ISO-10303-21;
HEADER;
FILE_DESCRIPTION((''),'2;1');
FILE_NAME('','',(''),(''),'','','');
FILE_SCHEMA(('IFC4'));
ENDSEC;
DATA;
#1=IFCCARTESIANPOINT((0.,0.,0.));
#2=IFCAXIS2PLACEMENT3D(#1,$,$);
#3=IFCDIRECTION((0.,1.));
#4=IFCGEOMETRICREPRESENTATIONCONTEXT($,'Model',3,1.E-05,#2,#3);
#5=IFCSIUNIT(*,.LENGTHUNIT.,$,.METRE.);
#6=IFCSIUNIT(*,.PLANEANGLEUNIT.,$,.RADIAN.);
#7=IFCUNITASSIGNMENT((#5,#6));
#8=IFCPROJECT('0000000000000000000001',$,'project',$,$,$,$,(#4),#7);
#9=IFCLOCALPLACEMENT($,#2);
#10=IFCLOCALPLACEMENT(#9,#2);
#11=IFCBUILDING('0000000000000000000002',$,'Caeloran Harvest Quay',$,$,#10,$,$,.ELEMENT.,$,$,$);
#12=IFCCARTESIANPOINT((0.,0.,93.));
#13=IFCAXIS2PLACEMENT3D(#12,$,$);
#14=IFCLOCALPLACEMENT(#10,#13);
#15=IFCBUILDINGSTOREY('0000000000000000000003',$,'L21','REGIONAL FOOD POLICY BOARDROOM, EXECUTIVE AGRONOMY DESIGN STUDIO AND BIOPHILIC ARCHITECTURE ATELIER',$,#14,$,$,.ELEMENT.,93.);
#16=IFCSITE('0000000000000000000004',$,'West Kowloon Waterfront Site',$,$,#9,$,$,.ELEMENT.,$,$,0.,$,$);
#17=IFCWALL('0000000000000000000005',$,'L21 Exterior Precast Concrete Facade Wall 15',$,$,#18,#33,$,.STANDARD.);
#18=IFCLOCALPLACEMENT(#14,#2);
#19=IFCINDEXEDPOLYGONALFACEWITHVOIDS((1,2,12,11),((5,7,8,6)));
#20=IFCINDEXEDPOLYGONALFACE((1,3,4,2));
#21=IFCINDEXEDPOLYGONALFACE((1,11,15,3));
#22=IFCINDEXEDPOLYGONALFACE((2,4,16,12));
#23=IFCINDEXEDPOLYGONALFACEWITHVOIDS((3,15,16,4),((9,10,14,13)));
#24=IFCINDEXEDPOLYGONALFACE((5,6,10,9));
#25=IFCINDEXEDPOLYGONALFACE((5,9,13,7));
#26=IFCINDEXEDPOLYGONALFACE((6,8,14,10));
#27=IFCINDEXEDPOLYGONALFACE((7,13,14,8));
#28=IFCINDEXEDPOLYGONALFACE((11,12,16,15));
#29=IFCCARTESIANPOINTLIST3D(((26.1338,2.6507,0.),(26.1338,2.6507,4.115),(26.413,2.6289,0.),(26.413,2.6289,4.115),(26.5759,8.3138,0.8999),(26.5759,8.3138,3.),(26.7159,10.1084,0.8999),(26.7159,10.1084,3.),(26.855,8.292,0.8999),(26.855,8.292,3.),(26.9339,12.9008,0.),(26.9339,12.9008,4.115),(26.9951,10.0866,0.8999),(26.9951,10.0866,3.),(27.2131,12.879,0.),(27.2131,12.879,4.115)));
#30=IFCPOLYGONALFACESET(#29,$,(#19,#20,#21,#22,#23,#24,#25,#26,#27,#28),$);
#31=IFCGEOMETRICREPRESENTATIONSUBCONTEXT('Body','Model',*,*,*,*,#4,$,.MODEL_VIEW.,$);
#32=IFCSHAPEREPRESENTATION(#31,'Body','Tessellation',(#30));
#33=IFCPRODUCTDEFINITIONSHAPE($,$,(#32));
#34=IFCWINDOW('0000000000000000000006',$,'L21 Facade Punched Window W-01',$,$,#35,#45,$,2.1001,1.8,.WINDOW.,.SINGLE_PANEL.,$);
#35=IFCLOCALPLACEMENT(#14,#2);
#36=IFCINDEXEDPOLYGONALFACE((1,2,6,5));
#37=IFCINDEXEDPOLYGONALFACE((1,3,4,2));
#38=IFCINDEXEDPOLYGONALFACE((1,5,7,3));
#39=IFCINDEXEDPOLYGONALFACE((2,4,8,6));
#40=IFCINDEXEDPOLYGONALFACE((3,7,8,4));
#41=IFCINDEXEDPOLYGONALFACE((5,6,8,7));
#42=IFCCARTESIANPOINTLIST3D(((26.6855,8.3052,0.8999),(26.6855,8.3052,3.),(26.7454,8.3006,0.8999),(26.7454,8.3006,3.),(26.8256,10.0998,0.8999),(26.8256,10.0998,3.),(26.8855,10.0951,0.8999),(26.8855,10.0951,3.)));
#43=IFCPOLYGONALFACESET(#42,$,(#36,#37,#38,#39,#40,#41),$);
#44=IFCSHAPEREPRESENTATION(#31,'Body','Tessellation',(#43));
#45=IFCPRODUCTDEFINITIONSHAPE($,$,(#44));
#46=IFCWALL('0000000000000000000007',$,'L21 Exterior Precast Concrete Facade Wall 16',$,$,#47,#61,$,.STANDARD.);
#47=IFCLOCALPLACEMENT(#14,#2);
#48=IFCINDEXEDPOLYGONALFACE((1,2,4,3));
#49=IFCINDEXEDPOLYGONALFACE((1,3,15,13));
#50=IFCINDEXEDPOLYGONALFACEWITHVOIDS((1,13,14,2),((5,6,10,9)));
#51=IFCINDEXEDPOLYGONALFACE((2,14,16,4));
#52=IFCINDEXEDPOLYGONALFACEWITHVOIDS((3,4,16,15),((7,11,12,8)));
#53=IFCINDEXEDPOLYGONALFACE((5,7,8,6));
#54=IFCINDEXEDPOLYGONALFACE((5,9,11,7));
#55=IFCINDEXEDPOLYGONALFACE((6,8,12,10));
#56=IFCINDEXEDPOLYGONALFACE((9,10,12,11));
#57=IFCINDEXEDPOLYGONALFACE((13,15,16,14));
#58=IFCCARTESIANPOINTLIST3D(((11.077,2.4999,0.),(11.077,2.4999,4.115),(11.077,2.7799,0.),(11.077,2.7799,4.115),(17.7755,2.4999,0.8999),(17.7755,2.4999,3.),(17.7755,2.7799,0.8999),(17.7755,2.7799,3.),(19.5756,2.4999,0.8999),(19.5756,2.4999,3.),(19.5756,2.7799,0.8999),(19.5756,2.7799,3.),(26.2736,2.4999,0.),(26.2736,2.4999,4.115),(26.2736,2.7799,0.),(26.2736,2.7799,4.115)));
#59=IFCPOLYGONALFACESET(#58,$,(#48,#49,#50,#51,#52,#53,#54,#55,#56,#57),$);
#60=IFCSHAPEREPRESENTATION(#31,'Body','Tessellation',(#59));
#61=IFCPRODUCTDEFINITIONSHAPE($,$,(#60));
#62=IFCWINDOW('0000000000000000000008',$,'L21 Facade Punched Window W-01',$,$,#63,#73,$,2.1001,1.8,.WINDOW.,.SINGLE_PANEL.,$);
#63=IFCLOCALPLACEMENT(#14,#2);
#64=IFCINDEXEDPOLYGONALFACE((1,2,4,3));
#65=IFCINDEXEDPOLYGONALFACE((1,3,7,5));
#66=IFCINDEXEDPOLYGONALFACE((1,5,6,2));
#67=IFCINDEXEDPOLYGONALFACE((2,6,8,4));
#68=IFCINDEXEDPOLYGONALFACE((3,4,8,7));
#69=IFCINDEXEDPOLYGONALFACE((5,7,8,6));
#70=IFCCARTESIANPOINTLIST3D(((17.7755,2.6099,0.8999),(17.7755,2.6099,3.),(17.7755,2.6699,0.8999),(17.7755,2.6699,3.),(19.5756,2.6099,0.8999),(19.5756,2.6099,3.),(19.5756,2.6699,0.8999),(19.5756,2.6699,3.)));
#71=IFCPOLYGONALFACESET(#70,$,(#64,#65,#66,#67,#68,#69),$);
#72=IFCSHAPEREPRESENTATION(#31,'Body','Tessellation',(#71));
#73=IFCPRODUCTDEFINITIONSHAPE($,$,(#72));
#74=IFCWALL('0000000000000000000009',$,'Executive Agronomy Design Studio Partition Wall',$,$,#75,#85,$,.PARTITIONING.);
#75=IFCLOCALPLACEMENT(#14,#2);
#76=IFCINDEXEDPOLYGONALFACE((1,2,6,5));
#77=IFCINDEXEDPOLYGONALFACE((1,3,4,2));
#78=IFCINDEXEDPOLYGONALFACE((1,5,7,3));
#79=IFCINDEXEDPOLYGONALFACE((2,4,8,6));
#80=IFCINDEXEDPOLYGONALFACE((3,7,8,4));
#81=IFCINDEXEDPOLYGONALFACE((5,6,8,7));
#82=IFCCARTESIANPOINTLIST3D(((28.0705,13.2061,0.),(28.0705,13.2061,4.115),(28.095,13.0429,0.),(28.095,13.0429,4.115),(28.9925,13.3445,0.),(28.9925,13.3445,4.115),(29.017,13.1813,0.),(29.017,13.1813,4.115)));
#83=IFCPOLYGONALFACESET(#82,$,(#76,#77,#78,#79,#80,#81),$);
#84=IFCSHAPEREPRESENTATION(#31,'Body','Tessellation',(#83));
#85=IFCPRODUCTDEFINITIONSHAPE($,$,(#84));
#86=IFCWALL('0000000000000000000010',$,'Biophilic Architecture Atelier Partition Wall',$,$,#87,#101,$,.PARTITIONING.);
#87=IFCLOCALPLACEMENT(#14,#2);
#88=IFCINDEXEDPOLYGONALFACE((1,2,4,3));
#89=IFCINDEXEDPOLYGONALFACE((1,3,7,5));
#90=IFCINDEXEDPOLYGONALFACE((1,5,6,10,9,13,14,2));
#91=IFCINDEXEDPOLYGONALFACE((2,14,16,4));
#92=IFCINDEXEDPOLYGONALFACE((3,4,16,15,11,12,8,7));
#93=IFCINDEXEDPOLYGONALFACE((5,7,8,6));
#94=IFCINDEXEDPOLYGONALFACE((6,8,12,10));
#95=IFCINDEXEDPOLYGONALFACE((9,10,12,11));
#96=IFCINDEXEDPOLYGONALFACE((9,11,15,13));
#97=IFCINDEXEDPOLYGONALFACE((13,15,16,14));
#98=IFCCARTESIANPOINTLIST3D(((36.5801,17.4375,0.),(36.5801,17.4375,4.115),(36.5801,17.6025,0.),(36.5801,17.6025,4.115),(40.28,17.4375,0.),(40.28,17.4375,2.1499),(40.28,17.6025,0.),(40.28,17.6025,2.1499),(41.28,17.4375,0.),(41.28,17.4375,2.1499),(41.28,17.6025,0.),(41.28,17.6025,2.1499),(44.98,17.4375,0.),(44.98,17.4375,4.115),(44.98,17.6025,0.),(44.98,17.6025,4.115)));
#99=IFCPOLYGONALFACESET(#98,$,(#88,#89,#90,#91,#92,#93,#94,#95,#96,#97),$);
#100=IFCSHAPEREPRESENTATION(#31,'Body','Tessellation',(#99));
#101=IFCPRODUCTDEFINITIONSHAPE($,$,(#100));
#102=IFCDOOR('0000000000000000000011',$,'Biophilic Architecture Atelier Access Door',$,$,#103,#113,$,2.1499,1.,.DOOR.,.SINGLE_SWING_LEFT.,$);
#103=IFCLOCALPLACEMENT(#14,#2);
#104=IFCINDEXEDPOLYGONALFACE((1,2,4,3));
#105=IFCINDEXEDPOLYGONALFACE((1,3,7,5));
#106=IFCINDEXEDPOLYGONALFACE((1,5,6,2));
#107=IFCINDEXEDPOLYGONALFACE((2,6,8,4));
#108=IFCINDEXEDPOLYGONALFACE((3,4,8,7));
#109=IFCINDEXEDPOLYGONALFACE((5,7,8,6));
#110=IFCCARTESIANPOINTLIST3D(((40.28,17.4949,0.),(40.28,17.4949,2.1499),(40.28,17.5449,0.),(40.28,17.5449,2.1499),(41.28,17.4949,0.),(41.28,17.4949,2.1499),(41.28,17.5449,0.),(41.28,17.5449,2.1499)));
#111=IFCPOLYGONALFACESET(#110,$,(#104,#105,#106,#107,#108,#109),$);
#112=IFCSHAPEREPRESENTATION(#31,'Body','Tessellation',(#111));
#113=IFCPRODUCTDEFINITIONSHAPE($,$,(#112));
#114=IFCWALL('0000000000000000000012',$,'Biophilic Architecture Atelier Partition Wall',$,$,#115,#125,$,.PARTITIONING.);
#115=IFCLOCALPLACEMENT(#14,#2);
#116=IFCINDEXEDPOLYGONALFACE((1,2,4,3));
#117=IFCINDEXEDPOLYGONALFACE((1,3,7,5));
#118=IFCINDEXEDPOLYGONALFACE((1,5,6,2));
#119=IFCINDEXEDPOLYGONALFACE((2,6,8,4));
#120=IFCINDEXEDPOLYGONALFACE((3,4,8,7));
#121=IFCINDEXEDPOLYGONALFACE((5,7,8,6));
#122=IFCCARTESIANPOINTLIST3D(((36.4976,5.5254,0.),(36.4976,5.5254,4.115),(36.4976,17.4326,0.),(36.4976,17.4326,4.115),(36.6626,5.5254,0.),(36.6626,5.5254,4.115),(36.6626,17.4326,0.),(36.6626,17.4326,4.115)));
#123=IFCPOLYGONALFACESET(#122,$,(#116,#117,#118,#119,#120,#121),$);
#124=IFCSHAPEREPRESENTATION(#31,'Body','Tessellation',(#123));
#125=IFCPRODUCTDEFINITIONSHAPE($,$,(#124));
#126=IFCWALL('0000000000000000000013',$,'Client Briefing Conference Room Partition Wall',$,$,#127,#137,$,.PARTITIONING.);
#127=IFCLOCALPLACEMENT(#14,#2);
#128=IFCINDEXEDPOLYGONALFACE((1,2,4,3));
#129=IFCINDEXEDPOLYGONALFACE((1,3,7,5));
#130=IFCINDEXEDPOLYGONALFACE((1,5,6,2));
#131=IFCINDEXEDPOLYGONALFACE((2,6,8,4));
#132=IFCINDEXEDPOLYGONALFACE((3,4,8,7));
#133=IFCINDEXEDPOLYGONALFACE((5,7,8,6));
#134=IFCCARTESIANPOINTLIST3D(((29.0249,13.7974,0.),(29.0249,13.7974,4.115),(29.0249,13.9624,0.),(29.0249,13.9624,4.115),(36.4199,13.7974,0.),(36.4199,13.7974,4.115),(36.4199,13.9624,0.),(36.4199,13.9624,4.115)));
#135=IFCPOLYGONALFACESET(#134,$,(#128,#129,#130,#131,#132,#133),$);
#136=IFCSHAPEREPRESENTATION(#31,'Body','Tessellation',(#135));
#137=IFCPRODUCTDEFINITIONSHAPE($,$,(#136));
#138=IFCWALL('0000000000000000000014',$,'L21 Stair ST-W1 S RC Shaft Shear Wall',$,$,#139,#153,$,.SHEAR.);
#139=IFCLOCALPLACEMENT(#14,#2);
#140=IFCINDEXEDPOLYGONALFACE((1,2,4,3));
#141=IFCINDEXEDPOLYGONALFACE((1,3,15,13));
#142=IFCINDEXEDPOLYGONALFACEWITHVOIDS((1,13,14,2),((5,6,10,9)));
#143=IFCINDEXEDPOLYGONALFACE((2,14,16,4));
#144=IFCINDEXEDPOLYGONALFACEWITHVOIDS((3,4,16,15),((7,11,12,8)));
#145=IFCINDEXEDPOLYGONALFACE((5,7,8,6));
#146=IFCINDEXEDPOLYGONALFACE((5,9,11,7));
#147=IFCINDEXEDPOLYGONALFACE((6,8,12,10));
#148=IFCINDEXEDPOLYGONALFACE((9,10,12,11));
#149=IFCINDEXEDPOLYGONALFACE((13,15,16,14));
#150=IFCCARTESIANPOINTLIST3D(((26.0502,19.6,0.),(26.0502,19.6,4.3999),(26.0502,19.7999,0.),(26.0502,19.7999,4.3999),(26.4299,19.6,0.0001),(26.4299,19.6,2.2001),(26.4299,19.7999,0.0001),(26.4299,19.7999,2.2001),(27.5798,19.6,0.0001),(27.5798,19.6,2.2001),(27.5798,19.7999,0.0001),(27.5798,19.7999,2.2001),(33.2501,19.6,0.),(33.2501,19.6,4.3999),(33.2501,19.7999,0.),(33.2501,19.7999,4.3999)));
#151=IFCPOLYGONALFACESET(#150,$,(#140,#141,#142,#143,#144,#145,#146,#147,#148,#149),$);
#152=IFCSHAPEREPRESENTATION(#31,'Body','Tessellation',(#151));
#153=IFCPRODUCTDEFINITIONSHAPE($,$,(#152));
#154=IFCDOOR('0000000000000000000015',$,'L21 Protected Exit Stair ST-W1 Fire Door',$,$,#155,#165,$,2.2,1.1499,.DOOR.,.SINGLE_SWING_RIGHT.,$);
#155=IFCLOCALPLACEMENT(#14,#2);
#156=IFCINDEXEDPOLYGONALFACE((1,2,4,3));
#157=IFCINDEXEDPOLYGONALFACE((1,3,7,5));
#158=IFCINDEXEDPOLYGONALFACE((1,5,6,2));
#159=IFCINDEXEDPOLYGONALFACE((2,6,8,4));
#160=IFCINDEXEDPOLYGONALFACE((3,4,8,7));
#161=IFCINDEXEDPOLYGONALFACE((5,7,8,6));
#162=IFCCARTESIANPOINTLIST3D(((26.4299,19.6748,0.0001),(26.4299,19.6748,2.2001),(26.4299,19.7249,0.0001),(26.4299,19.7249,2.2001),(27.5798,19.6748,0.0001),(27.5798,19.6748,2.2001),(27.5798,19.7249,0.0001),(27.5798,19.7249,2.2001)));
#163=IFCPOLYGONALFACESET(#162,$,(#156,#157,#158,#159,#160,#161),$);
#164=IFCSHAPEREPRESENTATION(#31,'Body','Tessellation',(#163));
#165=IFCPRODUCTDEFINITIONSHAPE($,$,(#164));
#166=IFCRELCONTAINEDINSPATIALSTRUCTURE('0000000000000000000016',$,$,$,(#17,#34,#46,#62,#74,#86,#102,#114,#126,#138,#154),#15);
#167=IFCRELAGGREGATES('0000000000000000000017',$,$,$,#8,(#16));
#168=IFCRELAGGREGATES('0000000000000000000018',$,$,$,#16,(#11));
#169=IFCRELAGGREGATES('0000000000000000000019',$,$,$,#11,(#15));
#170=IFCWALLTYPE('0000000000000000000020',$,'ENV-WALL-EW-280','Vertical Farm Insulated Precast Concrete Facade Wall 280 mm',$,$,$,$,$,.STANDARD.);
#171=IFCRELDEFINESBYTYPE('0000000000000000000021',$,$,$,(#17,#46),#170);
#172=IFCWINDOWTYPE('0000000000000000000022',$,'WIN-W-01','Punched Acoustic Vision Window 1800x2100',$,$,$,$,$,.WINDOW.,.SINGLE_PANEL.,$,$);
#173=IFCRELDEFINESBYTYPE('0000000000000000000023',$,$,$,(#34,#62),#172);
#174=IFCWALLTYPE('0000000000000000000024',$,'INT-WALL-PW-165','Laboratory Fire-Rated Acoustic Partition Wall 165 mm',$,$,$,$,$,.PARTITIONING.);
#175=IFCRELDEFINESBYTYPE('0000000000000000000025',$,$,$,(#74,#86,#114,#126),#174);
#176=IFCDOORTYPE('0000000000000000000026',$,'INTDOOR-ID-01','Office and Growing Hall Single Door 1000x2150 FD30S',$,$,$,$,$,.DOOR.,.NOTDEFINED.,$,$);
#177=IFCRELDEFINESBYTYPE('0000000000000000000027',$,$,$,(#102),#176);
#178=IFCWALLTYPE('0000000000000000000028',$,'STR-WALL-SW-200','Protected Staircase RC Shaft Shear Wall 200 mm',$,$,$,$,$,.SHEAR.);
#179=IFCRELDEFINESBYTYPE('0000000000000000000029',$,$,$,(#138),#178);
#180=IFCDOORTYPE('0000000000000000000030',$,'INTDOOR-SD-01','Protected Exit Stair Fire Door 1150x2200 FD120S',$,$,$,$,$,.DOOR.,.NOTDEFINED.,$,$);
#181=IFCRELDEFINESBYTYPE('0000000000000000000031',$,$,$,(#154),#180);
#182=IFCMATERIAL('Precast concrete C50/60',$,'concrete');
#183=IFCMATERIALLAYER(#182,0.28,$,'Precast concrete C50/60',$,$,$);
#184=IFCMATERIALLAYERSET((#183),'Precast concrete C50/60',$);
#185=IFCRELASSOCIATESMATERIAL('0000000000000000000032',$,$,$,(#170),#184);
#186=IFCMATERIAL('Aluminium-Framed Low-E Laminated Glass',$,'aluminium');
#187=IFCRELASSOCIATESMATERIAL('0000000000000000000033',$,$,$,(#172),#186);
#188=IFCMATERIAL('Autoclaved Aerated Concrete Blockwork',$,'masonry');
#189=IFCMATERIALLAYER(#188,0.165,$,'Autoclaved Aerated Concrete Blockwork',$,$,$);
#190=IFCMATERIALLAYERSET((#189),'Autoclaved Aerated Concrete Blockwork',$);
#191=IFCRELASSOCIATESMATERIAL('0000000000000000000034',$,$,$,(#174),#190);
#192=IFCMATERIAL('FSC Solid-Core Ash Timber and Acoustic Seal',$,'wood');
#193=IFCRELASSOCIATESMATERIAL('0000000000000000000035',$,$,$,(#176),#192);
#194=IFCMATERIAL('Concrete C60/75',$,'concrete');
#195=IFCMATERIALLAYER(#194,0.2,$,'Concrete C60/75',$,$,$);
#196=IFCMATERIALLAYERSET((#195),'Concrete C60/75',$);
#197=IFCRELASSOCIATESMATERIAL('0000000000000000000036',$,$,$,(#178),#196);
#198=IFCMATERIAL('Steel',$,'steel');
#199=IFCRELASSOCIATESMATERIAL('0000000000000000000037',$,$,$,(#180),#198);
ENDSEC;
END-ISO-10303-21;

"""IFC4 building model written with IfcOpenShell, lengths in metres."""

from ifc_helpers import new_model, si_unit, direction, frame, frame_2d, origin, place, context, subcontext, project, spatial, rectangle, extrude, material, layer, layer_set, type_object, element, fill, save


model = new_model("IFC4")

# Units and contexts
model_context = context("Model", 3, precision=1e-05, world=origin(), true_north=direction((0.0, 1.0)))
body_context = subcontext(model_context, "Body", "Model", "MODEL_VIEW")
ifc_project = project(units=[si_unit("LENGTHUNIT", "METRE"), si_unit("PLANEANGLEUNIT", "RADIAN")], contexts=[model_context])

# Site, building, storey
site_placement = place(None, origin())
site = spatial("IfcSite", under=ifc_project, at=site_placement, Name="West Kowloon Waterfront Site", CompositionType="ELEMENT", RefElevation=0.0)
building_placement = place(site_placement, origin())
building = spatial("IfcBuilding", under=site, at=building_placement, Name="Caeloran Harvest Quay", CompositionType="ELEMENT")
storey_placement = place(building_placement, frame((0.0, 0.0, 93.0)))
storey = spatial("IfcBuildingStorey", under=building, at=storey_placement, Name="L21", Description="REGIONAL FOOD POLICY BOARDROOM, EXECUTIVE AGRONOMY DESIGN STUDIO AND BIOPHILIC ARCHITECTURE ATELIER", CompositionType="ELEMENT", Elevation=93.0)

# Shared definitions
ifc_material_1 = material(Name="Precast concrete C50/60", Category="concrete")

# Walls, openings, windows
ifc_layer_1 = layer(ifc_material_1, 0.28, Name="Precast concrete C50/60")
ifc_layer_set_1 = layer_set([ifc_layer_1], Name="Precast concrete C50/60")
wall_type_1 = type_object("IfcWallType", Name="ENV-WALL-EW-280", Description="Vertical Farm Insulated Precast Concrete Facade Wall 280 mm", PredefinedType="STANDARD", material=ifc_layer_set_1)
ifc_material_2 = material(Name="Aluminium-Framed Low-E Laminated Glass", Category="aluminium")
window_type = type_object("IfcWindowType", Name="WIN-W-01", Description="Punched Acoustic Vision Window 1800x2100", PartitioningType="SINGLE_PANEL", PredefinedType="WINDOW", material=ifc_material_2)
wall_1_placement = place(storey_placement, frame((27.0735, 12.8899, 0.0), z_axis=(0.0, 0.0, 1.0), x_axis=(-0.077817, -0.996968, 0.0)))
wall_1 = element("IfcWall", 1, at=wall_1_placement, inside=storey, type_object=wall_type_1, Name="L21 Exterior Precast Concrete Facade Wall 15", PredefinedType="STANDARD", context=body_context, shape_type="SweptSolid", body=[
    extrude(rectangle(XDim=10.2812, YDim=0.28, at=frame_2d((5.1406, 0.0))), origin(), (0.0, 0.0, 1.0), 4.115),
])
opening_1_placement = place(wall_1_placement, frame((2.801, 0.0, 0.8999)))
opening_1 = element("IfcOpeningElement", 2, at=opening_1_placement, cuts=wall_1, PredefinedType="OPENING", context=body_context, shape_type="SweptSolid", body=[
    extrude(rectangle(XDim=1.8, YDim=2.1001, at=frame_2d((0.8999, 1.05))), frame((0.0, 0.1499, 0.0), z_axis=(0.0, -1.0, 0.0), x_axis=(1.0, 0.0, 0.0)), (0.0, 0.0, 1.0), 0.3),
])
window_1_placement = place(opening_1_placement, origin())
window_1 = element("IfcWindow", 3, at=window_1_placement, inside=storey, type_object=window_type, Name="L21 Facade Punched Window W-01", OverallHeight=2.1001, OverallWidth=1.8, PartitioningType="SINGLE_PANEL", PredefinedType="WINDOW", context=body_context, shape_type="SweptSolid", body=[
    extrude(rectangle(XDim=1.8, YDim=2.1001, at=frame_2d((0.8999, 1.05))), frame((0.0, 0.03, 0.0), z_axis=(0.0, -1.0, 0.0), x_axis=(1.0, 0.0, 0.0)), (0.0, 0.0, 1.0), 0.0601),
])
fill(opening_1, window_1)
wall_2_placement = place(storey_placement, frame((26.2734, 2.6399, 0.0), z_axis=(0.0, 0.0, 1.0), x_axis=(-1.0, 0.0, 0.0)))
wall_2 = element("IfcWall", 4, at=wall_2_placement, inside=storey, type_object=wall_type_1, Name="L21 Exterior Precast Concrete Facade Wall 16", PredefinedType="STANDARD", context=body_context, shape_type="SweptSolid", body=[
    extrude(rectangle(XDim=15.1965, YDim=0.28, at=frame_2d((7.5981, 0.0))), origin(), (0.0, 0.0, 1.0), 4.115),
])
opening_2_placement = place(wall_2_placement, frame((6.698, 0.0, 0.8999)))
opening_2 = element("IfcOpeningElement", 5, at=opening_2_placement, cuts=wall_2, PredefinedType="OPENING", context=body_context, shape_type="SweptSolid", body=[
    extrude(rectangle(XDim=1.8, YDim=2.1001, at=frame_2d((0.8999, 1.05))), frame((0.0, 0.1499, 0.0), z_axis=(0.0, -1.0, 0.0), x_axis=(1.0, 0.0, 0.0)), (0.0, 0.0, 1.0), 0.3),
])
window_2_placement = place(opening_2_placement, origin())
window_2 = element("IfcWindow", 6, at=window_2_placement, inside=storey, type_object=window_type, Name="L21 Facade Punched Window W-01", OverallHeight=2.1001, OverallWidth=1.8, PartitioningType="SINGLE_PANEL", PredefinedType="WINDOW", context=body_context, shape_type="SweptSolid", body=[
    extrude(rectangle(XDim=1.8, YDim=2.1001, at=frame_2d((0.8999, 1.05))), frame((0.0, 0.03, 0.0), z_axis=(0.0, -1.0, 0.0), x_axis=(1.0, 0.0, 0.0)), (0.0, 0.0, 1.0), 0.0601),
])
fill(opening_2, window_2)

# Wall
ifc_material_3 = material(Name="Autoclaved Aerated Concrete Blockwork", Category="masonry")
ifc_layer_2 = layer(ifc_material_3, 0.165, Name="Autoclaved Aerated Concrete Blockwork")
ifc_layer_set_2 = layer_set([ifc_layer_2], Name="Autoclaved Aerated Concrete Blockwork")
wall_type_2 = type_object("IfcWallType", Name="INT-WALL-PW-165", Description="Laboratory Fire-Rated Acoustic Partition Wall 165 mm", PredefinedType="PARTITIONING", material=ifc_layer_set_2)
wall_3_placement = place(storey_placement, frame((29.0049, 13.2629, 0.0), z_axis=(0.0, 0.0, 1.0), x_axis=(-0.988919, -0.148456, 0.0)))
element("IfcWall", 7, at=wall_3_placement, inside=storey, type_object=wall_type_2, Name="Executive Agronomy Design Studio Partition Wall", PredefinedType="PARTITIONING", context=body_context, shape_type="SweptSolid", body=[
    extrude(rectangle(XDim=0.9324, YDim=0.165, at=frame_2d((0.4663, 0.0))), origin(), (0.0, 0.0, 1.0), 4.115),
])

# Wall, opening, door
wall_4_placement = place(storey_placement, frame((36.5801, 17.52, 0.0), z_axis=(0.0, 0.0, 1.0), x_axis=(1.0, 0.0, 0.0)))
wall_4 = element("IfcWall", 8, at=wall_4_placement, inside=storey, type_object=wall_type_2, Name="Biophilic Architecture Atelier Partition Wall", PredefinedType="PARTITIONING", context=body_context, shape_type="SweptSolid", body=[
    extrude(rectangle(XDim=8.3999, YDim=0.165, at=frame_2d((4.2, 0.0))), origin(), (0.0, 0.0, 1.0), 4.115),
])
opening_3_placement = place(wall_4_placement, frame((3.7, 0.0, 0.0)))
opening_3 = element("IfcOpeningElement", 9, at=opening_3_placement, cuts=wall_4, PredefinedType="OPENING", context=body_context, shape_type="SweptSolid", body=[
    extrude(rectangle(XDim=1.0, YDim=2.1499, at=frame_2d((0.5, 1.075))), frame((0.0, 0.0925, 0.0), z_axis=(0.0, -1.0, 0.0), x_axis=(1.0, 0.0, 0.0)), (0.0, 0.0, 1.0), 0.1851),
])
ifc_material_4 = material(Name="FSC Solid-Core Ash Timber and Acoustic Seal", Category="wood")
door_type_1 = type_object("IfcDoorType", Name="INTDOOR-ID-01", Description="Office and Growing Hall Single Door 1000x2150 FD30S", OperationType="NOTDEFINED", PredefinedType="DOOR", material=ifc_material_4)
door_1_placement = place(opening_3_placement, origin())
door_1 = element("IfcDoor", 10, at=door_1_placement, inside=storey, type_object=door_type_1, Name="Biophilic Architecture Atelier Access Door", OperationType="SINGLE_SWING_LEFT", OverallHeight=2.1499, OverallWidth=1.0, PredefinedType="DOOR", context=body_context, shape_type="SweptSolid", body=[
    extrude(rectangle(XDim=1.0, YDim=2.1499, at=frame_2d((0.5, 1.075))), frame((0.0, 0.0249, 0.0), z_axis=(0.0, -1.0, 0.0), x_axis=(1.0, 0.0, 0.0)), (0.0, 0.0, 1.0), 0.05),
])
fill(opening_3, door_1)

# Walls
wall_5_placement = place(storey_placement, frame((36.5801, 5.5254, 0.0), z_axis=(0.0, 0.0, 1.0), x_axis=(0.0, 1.0, 0.0)))
element("IfcWall", 11, at=wall_5_placement, inside=storey, type_object=wall_type_2, Name="Biophilic Architecture Atelier Partition Wall", PredefinedType="PARTITIONING", context=body_context, shape_type="SweptSolid", body=[
    extrude(rectangle(XDim=11.9072, YDim=0.165, at=frame_2d((5.9536, 0.0))), origin(), (0.0, 0.0, 1.0), 4.115),
])
wall_6_placement = place(storey_placement, frame((36.4199, 13.8799, 0.0), z_axis=(0.0, 0.0, 1.0), x_axis=(-1.0, 0.0, 0.0)))
element("IfcWall", 12, at=wall_6_placement, inside=storey, type_object=wall_type_2, Name="Client Briefing Conference Room Partition Wall", PredefinedType="PARTITIONING", context=body_context, shape_type="SweptSolid", body=[
    extrude(rectangle(XDim=7.395, YDim=0.165, at=frame_2d((3.6975, 0.0))), origin(), (0.0, 0.0, 1.0), 4.115),
])

# Wall, opening, door
ifc_material_5 = material(Name="Concrete C60/75", Category="concrete")
ifc_layer_3 = layer(ifc_material_5, 0.2, Name="Concrete C60/75")
ifc_layer_set_3 = layer_set([ifc_layer_3], Name="Concrete C60/75")
wall_type_3 = type_object("IfcWallType", Name="STR-WALL-SW-200", Description="Protected Staircase RC Shaft Shear Wall 200 mm", PredefinedType="SHEAR", material=ifc_layer_set_3)
wall_7_placement = place(storey_placement, frame((26.05, 19.7, 0.0), z_axis=(0.0, 0.0, 1.0), x_axis=(1.0, 0.0, 0.0)))
wall_7 = element("IfcWall", 13, at=wall_7_placement, inside=storey, type_object=wall_type_3, Name="L21 Stair ST-W1 S RC Shaft Shear Wall", PredefinedType="SHEAR", context=body_context, shape_type="SweptSolid", body=[
    extrude(rectangle(XDim=7.2, YDim=0.2, at=frame_2d((3.6001, 0.0))), origin(), (0.0, 0.0, 1.0), 4.3999),
])
opening_4_placement = place(wall_7_placement, frame((0.3799, 0.0, 0.0)))
opening_4 = element("IfcOpeningElement", 14, at=opening_4_placement, cuts=wall_7, PredefinedType="OPENING", context=body_context, shape_type="SweptSolid", body=[
    extrude(rectangle(XDim=1.1499, YDim=2.2, at=frame_2d((0.575, 1.1001))), frame((0.0, 0.1099, 0.0), z_axis=(0.0, -1.0, 0.0), x_axis=(1.0, 0.0, 0.0)), (0.0, 0.0, 1.0), 0.22),
])
ifc_material_6 = material(Name="Steel", Category="steel")
door_type_2 = type_object("IfcDoorType", Name="INTDOOR-SD-01", Description="Protected Exit Stair Fire Door 1150x2200 FD120S", OperationType="NOTDEFINED", PredefinedType="DOOR", material=ifc_material_6)
door_2_placement = place(opening_4_placement, origin())
door_2 = element("IfcDoor", 15, at=door_2_placement, inside=storey, type_object=door_type_2, Name="L21 Protected Exit Stair ST-W1 Fire Door", OperationType="SINGLE_SWING_RIGHT", OverallHeight=2.2, OverallWidth=1.1499, PredefinedType="DOOR", context=body_context, shape_type="SweptSolid", body=[
    extrude(rectangle(XDim=1.1499, YDim=2.2, at=frame_2d((0.575, 1.1001))), frame((0.0, 0.0249, 0.0), z_axis=(0.0, -1.0, 0.0), x_axis=(1.0, 0.0, 0.0)), (0.0, 0.0, 1.0), 0.05),
])
fill(opening_4, door_2)

save(model, "model.ifc")
